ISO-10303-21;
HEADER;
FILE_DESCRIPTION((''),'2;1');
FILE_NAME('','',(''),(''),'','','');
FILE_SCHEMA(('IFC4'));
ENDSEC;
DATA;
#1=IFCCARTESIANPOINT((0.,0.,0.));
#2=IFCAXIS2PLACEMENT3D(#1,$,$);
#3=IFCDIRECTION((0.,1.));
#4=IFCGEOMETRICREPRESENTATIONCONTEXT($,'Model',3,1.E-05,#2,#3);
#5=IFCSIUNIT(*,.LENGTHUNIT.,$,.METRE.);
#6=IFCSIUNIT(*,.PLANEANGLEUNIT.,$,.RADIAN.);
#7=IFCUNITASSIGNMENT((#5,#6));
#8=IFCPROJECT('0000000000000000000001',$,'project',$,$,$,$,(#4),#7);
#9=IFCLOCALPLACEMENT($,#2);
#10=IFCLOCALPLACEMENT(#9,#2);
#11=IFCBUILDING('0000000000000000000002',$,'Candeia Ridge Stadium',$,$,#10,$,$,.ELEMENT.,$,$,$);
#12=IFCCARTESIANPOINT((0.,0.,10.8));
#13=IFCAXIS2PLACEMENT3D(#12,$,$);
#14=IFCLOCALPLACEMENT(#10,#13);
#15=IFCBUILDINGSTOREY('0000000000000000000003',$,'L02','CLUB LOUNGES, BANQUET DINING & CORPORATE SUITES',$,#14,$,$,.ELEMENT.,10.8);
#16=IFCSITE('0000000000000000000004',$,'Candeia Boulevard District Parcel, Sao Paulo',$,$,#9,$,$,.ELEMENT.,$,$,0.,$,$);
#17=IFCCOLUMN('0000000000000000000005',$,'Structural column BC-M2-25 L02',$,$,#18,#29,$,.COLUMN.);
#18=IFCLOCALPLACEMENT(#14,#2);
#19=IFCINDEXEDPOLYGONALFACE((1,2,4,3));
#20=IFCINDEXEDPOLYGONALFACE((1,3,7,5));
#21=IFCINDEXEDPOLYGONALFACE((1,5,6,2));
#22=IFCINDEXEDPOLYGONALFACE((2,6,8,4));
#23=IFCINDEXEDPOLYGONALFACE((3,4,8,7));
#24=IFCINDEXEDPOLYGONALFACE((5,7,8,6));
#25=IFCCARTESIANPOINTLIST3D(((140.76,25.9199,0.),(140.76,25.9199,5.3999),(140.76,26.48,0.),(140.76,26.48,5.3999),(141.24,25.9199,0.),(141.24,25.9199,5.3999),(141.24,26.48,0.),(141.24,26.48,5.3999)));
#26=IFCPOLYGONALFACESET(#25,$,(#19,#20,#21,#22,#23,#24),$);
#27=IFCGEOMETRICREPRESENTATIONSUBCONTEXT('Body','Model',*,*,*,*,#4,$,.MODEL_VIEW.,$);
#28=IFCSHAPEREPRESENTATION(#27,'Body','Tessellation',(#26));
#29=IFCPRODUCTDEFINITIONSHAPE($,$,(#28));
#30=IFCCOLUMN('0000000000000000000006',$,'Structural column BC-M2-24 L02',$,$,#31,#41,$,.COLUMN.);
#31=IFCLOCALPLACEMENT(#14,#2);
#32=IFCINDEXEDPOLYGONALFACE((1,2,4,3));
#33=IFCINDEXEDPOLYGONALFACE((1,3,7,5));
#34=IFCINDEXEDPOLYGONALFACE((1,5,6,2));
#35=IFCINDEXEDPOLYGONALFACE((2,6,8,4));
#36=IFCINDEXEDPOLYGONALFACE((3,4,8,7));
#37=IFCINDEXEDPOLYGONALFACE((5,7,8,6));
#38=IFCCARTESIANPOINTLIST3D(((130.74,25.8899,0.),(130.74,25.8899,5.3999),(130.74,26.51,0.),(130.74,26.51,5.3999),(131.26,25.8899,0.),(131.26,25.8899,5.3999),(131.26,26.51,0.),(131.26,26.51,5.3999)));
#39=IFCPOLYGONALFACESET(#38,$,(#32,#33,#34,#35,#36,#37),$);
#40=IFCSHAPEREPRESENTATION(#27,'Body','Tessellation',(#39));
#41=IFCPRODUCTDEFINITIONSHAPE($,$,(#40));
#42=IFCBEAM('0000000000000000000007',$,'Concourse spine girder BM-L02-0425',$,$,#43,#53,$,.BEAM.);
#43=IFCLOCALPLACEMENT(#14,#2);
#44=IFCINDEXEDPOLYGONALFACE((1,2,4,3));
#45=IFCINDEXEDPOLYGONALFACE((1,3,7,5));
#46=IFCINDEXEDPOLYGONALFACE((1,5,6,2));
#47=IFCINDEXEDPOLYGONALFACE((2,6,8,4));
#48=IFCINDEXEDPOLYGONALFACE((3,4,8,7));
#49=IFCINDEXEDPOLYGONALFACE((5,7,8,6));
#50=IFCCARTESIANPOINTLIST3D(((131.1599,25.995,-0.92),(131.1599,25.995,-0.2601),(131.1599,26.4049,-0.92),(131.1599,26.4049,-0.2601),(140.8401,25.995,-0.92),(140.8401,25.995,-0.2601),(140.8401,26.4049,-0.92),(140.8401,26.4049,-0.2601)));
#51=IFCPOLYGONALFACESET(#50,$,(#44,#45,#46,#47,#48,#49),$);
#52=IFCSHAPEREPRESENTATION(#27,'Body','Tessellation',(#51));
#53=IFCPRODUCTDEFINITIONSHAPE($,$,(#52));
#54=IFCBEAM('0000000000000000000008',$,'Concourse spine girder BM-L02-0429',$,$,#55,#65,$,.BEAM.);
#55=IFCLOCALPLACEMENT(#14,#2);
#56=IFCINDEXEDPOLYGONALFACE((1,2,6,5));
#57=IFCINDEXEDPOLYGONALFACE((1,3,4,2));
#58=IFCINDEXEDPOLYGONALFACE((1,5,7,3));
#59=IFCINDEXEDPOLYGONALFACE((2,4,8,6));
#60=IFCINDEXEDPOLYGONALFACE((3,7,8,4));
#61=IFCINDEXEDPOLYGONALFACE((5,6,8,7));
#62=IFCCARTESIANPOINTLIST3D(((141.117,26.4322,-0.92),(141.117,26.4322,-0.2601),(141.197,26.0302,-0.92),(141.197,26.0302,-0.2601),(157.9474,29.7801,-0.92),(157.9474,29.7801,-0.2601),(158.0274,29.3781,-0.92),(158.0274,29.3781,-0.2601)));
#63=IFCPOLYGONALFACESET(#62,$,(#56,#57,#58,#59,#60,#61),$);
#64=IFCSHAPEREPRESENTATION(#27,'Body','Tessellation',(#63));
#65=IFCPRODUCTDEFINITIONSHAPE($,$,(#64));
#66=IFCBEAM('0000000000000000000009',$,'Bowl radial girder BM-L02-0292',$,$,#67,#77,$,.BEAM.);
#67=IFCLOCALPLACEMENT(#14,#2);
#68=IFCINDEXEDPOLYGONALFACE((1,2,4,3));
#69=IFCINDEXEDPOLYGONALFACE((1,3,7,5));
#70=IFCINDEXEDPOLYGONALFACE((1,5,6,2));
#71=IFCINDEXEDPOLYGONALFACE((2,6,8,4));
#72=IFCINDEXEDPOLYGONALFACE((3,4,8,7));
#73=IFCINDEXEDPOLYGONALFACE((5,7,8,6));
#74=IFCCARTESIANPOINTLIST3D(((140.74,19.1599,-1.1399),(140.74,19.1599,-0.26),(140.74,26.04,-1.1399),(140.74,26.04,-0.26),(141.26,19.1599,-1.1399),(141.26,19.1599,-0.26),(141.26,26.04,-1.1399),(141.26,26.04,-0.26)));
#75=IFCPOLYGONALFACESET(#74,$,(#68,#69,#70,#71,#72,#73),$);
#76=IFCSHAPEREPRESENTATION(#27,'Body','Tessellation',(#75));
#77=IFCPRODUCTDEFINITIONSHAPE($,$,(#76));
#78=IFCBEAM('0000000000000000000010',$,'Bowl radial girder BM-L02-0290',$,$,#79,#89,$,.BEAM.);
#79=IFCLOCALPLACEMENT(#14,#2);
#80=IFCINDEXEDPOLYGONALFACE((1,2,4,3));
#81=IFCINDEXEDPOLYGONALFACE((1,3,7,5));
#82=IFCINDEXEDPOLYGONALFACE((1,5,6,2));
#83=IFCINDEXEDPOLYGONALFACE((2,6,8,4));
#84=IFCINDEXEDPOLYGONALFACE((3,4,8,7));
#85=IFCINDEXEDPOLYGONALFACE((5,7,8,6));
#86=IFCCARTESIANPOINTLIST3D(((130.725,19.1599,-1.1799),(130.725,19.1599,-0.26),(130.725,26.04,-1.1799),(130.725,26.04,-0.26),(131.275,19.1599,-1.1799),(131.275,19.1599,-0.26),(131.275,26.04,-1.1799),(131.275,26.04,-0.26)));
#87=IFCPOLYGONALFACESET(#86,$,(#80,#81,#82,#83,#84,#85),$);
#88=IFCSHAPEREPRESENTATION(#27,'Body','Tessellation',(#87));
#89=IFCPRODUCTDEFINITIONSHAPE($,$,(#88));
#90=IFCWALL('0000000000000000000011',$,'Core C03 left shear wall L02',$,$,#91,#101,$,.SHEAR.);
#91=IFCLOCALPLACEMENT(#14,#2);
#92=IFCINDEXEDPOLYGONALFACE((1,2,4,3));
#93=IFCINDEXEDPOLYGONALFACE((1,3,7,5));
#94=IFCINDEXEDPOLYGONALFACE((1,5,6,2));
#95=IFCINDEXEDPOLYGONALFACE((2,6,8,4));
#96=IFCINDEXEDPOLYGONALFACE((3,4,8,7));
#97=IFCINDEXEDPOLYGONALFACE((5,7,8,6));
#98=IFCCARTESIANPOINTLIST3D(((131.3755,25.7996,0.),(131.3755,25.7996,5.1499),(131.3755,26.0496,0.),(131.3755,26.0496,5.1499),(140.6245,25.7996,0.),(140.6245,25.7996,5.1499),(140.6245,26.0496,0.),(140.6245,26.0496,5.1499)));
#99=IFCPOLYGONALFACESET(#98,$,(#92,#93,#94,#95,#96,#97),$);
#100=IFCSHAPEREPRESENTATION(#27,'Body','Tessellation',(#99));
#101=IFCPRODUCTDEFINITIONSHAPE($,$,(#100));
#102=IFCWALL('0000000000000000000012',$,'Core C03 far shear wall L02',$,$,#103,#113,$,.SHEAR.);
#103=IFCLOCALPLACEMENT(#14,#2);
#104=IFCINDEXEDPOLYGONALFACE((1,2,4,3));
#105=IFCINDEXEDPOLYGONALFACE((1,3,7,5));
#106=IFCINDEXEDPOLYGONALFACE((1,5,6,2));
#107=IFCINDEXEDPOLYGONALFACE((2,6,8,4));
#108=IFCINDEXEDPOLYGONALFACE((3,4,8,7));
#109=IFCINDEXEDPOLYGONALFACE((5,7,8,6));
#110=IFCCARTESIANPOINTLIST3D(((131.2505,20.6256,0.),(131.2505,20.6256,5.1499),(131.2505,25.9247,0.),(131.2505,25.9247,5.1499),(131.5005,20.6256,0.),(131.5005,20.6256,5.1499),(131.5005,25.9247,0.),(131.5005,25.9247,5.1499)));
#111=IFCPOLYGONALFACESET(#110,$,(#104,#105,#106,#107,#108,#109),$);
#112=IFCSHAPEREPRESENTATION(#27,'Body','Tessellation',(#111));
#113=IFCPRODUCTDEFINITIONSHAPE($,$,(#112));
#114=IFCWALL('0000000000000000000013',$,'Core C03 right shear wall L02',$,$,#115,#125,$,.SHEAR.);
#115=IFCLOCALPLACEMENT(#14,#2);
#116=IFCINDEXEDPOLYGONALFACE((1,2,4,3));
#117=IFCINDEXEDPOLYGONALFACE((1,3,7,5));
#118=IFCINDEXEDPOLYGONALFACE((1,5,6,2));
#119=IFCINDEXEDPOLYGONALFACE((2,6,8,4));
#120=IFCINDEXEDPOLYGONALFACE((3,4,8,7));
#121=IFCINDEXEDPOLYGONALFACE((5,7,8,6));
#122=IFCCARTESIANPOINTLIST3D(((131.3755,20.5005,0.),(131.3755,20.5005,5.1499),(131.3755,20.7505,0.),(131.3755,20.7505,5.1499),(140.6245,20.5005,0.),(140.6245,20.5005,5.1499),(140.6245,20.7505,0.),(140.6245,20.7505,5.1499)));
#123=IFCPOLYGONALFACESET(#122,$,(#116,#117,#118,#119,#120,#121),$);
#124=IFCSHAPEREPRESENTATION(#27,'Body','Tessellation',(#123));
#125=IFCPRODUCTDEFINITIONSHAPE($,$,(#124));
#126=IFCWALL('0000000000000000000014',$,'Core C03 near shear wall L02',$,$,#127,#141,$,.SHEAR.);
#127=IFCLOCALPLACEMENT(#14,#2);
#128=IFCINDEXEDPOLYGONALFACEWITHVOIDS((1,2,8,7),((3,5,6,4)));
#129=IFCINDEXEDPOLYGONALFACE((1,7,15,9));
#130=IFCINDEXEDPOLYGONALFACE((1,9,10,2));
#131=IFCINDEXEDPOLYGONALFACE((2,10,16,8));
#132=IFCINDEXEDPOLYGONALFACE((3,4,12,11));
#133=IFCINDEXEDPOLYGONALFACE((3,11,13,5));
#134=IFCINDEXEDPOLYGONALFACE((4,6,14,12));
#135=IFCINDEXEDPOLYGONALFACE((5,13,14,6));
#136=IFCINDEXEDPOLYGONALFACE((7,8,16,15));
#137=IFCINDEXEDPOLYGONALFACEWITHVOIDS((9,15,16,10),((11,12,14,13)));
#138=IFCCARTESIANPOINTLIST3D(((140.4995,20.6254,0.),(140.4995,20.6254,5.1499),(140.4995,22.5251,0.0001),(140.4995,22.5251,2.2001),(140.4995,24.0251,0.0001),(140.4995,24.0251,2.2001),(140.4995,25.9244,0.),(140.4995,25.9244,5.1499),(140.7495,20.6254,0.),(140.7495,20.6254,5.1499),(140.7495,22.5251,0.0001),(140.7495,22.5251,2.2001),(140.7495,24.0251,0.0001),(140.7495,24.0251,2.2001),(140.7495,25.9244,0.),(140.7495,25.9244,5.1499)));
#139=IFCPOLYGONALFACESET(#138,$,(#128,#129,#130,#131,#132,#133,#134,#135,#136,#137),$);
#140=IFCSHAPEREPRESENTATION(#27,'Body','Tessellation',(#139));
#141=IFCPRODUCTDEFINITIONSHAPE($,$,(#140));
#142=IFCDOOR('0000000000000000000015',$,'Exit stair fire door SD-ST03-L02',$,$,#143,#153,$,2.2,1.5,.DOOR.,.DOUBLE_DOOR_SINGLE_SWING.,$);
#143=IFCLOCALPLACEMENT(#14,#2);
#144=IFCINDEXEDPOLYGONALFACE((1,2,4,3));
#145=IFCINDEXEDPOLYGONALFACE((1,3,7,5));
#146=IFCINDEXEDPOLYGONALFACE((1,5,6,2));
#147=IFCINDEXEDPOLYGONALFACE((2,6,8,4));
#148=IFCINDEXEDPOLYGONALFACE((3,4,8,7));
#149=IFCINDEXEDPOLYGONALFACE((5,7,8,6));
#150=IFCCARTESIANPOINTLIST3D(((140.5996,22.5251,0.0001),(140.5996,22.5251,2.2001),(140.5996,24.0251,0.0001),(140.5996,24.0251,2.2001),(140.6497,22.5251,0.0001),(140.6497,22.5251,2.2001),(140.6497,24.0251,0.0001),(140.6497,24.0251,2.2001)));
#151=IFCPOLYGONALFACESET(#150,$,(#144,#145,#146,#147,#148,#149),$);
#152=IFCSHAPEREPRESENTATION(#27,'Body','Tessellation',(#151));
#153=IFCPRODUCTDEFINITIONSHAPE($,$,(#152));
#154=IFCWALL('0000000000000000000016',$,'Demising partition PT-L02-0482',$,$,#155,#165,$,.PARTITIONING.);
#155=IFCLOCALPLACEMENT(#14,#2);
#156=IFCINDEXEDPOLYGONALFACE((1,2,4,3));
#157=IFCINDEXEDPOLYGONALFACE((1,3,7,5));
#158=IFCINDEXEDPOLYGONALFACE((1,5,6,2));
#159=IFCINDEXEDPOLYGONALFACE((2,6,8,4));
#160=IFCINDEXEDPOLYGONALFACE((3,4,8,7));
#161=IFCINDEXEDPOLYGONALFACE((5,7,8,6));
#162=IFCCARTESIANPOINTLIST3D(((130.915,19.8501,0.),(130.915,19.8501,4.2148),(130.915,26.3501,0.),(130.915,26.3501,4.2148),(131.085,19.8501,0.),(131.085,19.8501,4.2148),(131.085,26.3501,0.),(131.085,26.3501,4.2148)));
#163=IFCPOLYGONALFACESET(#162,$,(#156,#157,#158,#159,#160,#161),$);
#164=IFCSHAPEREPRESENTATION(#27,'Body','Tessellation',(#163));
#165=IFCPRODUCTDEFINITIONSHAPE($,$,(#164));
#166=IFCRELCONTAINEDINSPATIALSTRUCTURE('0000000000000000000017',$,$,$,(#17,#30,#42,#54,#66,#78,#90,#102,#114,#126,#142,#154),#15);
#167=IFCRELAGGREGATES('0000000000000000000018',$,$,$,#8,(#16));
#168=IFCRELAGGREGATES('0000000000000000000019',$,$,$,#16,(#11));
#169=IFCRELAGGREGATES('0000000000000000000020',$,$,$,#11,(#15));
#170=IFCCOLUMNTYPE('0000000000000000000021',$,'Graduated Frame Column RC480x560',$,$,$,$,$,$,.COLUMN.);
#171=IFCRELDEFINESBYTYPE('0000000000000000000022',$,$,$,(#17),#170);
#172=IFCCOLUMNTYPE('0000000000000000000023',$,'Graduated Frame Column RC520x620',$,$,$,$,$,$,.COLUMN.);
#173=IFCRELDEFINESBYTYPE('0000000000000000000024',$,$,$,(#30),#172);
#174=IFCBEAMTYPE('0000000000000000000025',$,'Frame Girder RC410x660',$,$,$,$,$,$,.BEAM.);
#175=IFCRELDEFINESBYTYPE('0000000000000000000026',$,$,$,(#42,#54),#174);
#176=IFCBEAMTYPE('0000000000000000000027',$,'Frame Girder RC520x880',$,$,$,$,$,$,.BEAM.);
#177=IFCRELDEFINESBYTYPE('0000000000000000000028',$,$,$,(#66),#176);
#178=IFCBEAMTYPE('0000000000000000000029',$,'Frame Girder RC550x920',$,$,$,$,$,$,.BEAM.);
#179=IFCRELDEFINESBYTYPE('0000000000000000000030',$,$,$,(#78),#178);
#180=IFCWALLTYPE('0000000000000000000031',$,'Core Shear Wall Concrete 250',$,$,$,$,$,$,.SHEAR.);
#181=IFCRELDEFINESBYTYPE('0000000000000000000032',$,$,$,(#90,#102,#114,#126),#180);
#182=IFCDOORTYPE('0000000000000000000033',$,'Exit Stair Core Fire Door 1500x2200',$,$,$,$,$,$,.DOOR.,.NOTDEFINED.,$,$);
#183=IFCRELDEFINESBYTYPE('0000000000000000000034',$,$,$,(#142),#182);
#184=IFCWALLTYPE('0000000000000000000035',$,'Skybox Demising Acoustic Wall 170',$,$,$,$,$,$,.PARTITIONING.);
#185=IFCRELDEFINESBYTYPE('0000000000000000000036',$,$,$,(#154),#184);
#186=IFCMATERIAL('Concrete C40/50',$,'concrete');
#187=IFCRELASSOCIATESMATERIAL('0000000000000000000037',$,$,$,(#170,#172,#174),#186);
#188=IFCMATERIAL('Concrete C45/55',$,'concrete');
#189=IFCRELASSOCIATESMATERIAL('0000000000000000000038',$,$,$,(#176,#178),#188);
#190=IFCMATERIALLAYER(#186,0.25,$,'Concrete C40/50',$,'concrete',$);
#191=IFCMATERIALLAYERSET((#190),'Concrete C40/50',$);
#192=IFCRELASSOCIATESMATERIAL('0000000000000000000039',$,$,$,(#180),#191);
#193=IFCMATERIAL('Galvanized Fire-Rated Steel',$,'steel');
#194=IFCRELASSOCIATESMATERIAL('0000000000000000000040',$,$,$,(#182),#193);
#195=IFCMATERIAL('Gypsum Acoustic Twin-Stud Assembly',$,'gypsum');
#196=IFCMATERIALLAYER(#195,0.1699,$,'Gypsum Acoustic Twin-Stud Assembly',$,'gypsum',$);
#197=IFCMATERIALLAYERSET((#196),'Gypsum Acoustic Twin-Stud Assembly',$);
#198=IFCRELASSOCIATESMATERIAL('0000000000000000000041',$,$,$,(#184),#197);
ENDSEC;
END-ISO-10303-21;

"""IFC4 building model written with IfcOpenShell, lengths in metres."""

from ifc_helpers import new_model, si_unit, direction, frame, frame_2d, origin, origin_2d, place, context, subcontext, project, spatial, rectangle, extrude, material, layer, layer_set, material_profile, profile_set, type_object, element, fill, save


model = new_model("IFC4")

# Units and contexts
model_context = context("Model", 3, precision=1e-05, world=origin(), true_north=direction((0.0, 1.0)))
body_context = subcontext(model_context, "Body", "Model", "MODEL_VIEW")
ifc_project = project(units=[si_unit("LENGTHUNIT", "METRE"), si_unit("PLANEANGLEUNIT", "RADIAN")], contexts=[model_context])

# Site, building, storey
site_placement = place(None, origin())
site = spatial("IfcSite", under=ifc_project, at=site_placement, Name="Candeia Boulevard District Parcel, Sao Paulo", CompositionType="ELEMENT", RefElevation=0.0)
building_placement = place(site_placement, origin())
building = spatial("IfcBuilding", under=site, at=building_placement, Name="Candeia Ridge Stadium", CompositionType="ELEMENT")
storey_placement = place(building_placement, frame((0.0, 0.0, 10.8)))
storey = spatial("IfcBuildingStorey", under=building, at=storey_placement, Name="L02", Description="CLUB LOUNGES, BANQUET DINING & CORPORATE SUITES", CompositionType="ELEMENT", Elevation=10.8)

# Columns
ifc_material_1 = material(Name="Concrete C40/50", Category="concrete")
ifc_material_profile_1 = material_profile(ifc_material_1, rectangle(XDim=0.48, YDim=0.5601, at=origin_2d()), Name="RC480x560", Category="concrete")
ifc_profile_set_1 = profile_set([ifc_material_profile_1], Name="Concrete C40/50")
column_type_1 = type_object("IfcColumnType", Name="Graduated Frame Column RC480x560", PredefinedType="COLUMN", material=ifc_profile_set_1)
column_1_placement = place(storey_placement, frame((141.0, 26.2, 0.0), z_axis=(0.0, 0.0, 1.0), x_axis=(1.0, 0.0, 0.0)))
element("IfcColumn", 1, at=column_1_placement, inside=storey, type_object=column_type_1, Name="Structural column BC-M2-25 L02", PredefinedType="COLUMN", context=body_context, shape_type="SweptSolid", body=[
    extrude(rectangle(XDim=0.48, YDim=0.5601, at=origin_2d()), origin(), (0.0, 0.0, 1.0), 5.3999),
])
ifc_material_profile_2 = material_profile(ifc_material_1, rectangle(XDim=0.52, YDim=0.6201, at=origin_2d()), Name="RC520x620", Category="concrete")
ifc_profile_set_2 = profile_set([ifc_material_profile_2], Name="Concrete C40/50")
column_type_2 = type_object("IfcColumnType", Name="Graduated Frame Column RC520x620", PredefinedType="COLUMN", material=ifc_profile_set_2)
column_2_placement = place(storey_placement, frame((131.0, 26.2, 0.0), z_axis=(0.0, 0.0, 1.0), x_axis=(1.0, 0.0, 0.0)))
element("IfcColumn", 2, at=column_2_placement, inside=storey, type_object=column_type_2, Name="Structural column BC-M2-24 L02", PredefinedType="COLUMN", context=body_context, shape_type="SweptSolid", body=[
    extrude(rectangle(XDim=0.52, YDim=0.6201, at=origin_2d()), origin(), (0.0, 0.0, 1.0), 5.3999),
])

# Beams
ifc_material_profile_3 = material_profile(ifc_material_1, rectangle(XDim=0.4099, YDim=0.6599, at=origin_2d()), Name="RC410x660", Category="concrete")
ifc_profile_set_3 = profile_set([ifc_material_profile_3], Name="Concrete C40/50")
beam_type_1 = type_object("IfcBeamType", Name="Frame Girder RC410x660", PredefinedType="BEAM", material=ifc_profile_set_3)
beam_1_placement = place(storey_placement, frame((131.1599, 26.2, -0.5901), z_axis=(1.0, 0.0, 0.0), x_axis=(0.0, 1.0, 0.0)))
element("IfcBeam", 3, at=beam_1_placement, inside=storey, type_object=beam_type_1, Name="Concourse spine girder BM-L02-0425", PredefinedType="BEAM", context=body_context, shape_type="SweptSolid", body=[
    extrude(rectangle(XDim=0.4099, YDim=0.6599, at=origin_2d()), origin(), (0.0, 0.0, 1.0), 9.6802),
])
beam_2_placement = place(storey_placement, frame((141.157, 26.2312, -0.5901), z_axis=(0.980784, 0.195098, 0.0), x_axis=(-0.195098, 0.980784, 0.0)))
element("IfcBeam", 4, at=beam_2_placement, inside=storey, type_object=beam_type_1, Name="Concourse spine girder BM-L02-0429", PredefinedType="BEAM", context=body_context, shape_type="SweptSolid", body=[
    extrude(rectangle(XDim=0.4099, YDim=0.6599, at=origin_2d()), origin(), (0.0, 0.0, 1.0), 17.1602),
])
ifc_material_2 = material(Name="Concrete C45/55", Category="concrete")
ifc_material_profile_4 = material_profile(ifc_material_2, rectangle(XDim=0.52, YDim=0.8799, at=origin_2d()), Name="RC520x880", Category="concrete")
ifc_profile_set_4 = profile_set([ifc_material_profile_4], Name="Concrete C45/55")
beam_type_2 = type_object("IfcBeamType", Name="Frame Girder RC520x880", PredefinedType="BEAM", material=ifc_profile_set_4)
beam_3_placement = place(storey_placement, frame((141.0, 26.04, -0.7), z_axis=(0.0, -1.0, 0.0), x_axis=(1.0, 0.0, 0.0)))
element("IfcBeam", 5, at=beam_3_placement, inside=storey, type_object=beam_type_2, Name="Bowl radial girder BM-L02-0292", PredefinedType="BEAM", context=body_context, shape_type="SweptSolid", body=[
    extrude(rectangle(XDim=0.52, YDim=0.8799, at=origin_2d()), origin(), (0.0, 0.0, 1.0), 6.8801),
])
ifc_material_profile_5 = material_profile(ifc_material_2, rectangle(XDim=0.55, YDim=0.9199, at=origin_2d()), Name="RC550x920", Category="concrete")
ifc_profile_set_5 = profile_set([ifc_material_profile_5], Name="Concrete C45/55")
beam_type_3 = type_object("IfcBeamType", Name="Frame Girder RC550x920", PredefinedType="BEAM", material=ifc_profile_set_5)
beam_4_placement = place(storey_placement, frame((131.0, 26.04, -0.72), z_axis=(0.0, -1.0, 0.0), x_axis=(1.0, 0.0, 0.0)))
element("IfcBeam", 6, at=beam_4_placement, inside=storey, type_object=beam_type_3, Name="Bowl radial girder BM-L02-0290", PredefinedType="BEAM", context=body_context, shape_type="SweptSolid", body=[
    extrude(rectangle(XDim=0.55, YDim=0.9199, at=origin_2d()), origin(), (0.0, 0.0, 1.0), 6.8801),
])

# Walls
ifc_layer_1 = layer(ifc_material_1, 0.25, Name="Concrete C40/50", Category="concrete")
ifc_layer_set_1 = layer_set([ifc_layer_1], Name="Concrete C40/50")
wall_type_1 = type_object("IfcWallType", Name="Core Shear Wall Concrete 250", PredefinedType="SHEAR", material=ifc_layer_set_1)
wall_1_placement = place(storey_placement, frame((140.6245, 25.9246, 0.0), z_axis=(0.0, 0.0, 1.0), x_axis=(-1.0, 0.0, 0.0)))
element("IfcWall", 7, at=wall_1_placement, inside=storey, type_object=wall_type_1, Name="Core C03 left shear wall L02", PredefinedType="SHEAR", context=body_context, shape_type="SweptSolid", body=[
    extrude(rectangle(XDim=9.249, YDim=0.25, at=frame_2d((4.6245, 0.0))), origin(), (0.0, 0.0, 1.0), 5.1499),
])
wall_2_placement = place(storey_placement, frame((131.3755, 25.9246, 0.0), z_axis=(0.0, 0.0, 1.0), x_axis=(0.0, -1.0, 0.0)))
element("IfcWall", 8, at=wall_2_placement, inside=storey, type_object=wall_type_1, Name="Core C03 far shear wall L02", PredefinedType="SHEAR", context=body_context, shape_type="SweptSolid", body=[
    extrude(rectangle(XDim=5.2991, YDim=0.25, at=frame_2d((2.6494, 0.0))), origin(), (0.0, 0.0, 1.0), 5.1499),
])
wall_3_placement = place(storey_placement, frame((131.3755, 20.6255, 0.0), z_axis=(0.0, 0.0, 1.0), x_axis=(1.0, 0.0, 0.0)))
element("IfcWall", 9, at=wall_3_placement, inside=storey, type_object=wall_type_1, Name="Core C03 right shear wall L02", PredefinedType="SHEAR", context=body_context, shape_type="SweptSolid", body=[
    extrude(rectangle(XDim=9.249, YDim=0.25, at=frame_2d((4.6245, 0.0))), origin(), (0.0, 0.0, 1.0), 5.1499),
])

# Wall, opening, door
wall_4_placement = place(storey_placement, frame((140.6245, 20.6255, 0.0), z_axis=(0.0, 0.0, 1.0), x_axis=(0.0, 1.0, 0.0)))
wall_4 = element("IfcWall", 10, at=wall_4_placement, inside=storey, type_object=wall_type_1, Name="Core C03 near shear wall L02", PredefinedType="SHEAR", context=body_context, shape_type="SweptSolid", body=[
    extrude(rectangle(XDim=5.2991, YDim=0.25, at=frame_2d((2.6494, 0.0))), origin(), (0.0, 0.0, 1.0), 5.1499),
])
opening_placement = place(wall_4_placement, frame((1.8997, 0.0, 0.0)))
opening = element("IfcOpeningElement", 11, at=opening_placement, cuts=wall_4, PredefinedType="OPENING", context=body_context, shape_type="SweptSolid", body=[
    extrude(rectangle(XDim=1.5, YDim=2.2, at=frame_2d((0.75, 1.1001))), frame((0.0, 0.135, 0.0), z_axis=(0.0, -1.0, 0.0), x_axis=(1.0, 0.0, 0.0)), (0.0, 0.0, 1.0), 0.27),
])
ifc_material_3 = material(Name="Galvanized Fire-Rated Steel", Category="steel")
door_type = type_object("IfcDoorType", Name="Exit Stair Core Fire Door 1500x2200", OperationType="NOTDEFINED", PredefinedType="DOOR", material=ifc_material_3)
door_placement = place(opening_placement, origin())
door = element("IfcDoor", 12, at=door_placement, inside=storey, type_object=door_type, Name="Exit stair fire door SD-ST03-L02", OperationType="DOUBLE_DOOR_SINGLE_SWING", OverallHeight=2.2, OverallWidth=1.5, PredefinedType="DOOR", context=body_context, shape_type="SweptSolid", body=[
    extrude(rectangle(XDim=1.5, YDim=2.2, at=frame_2d((0.75, 1.1001))), frame((0.0, 0.0249, 0.0), z_axis=(0.0, -1.0, 0.0), x_axis=(1.0, 0.0, 0.0)), (0.0, 0.0, 1.0), 0.05),
])
fill(opening, door)

# Wall
ifc_material_4 = material(Name="Gypsum Acoustic Twin-Stud Assembly", Category="gypsum")
ifc_layer_2 = layer(ifc_material_4, 0.1699, Name="Gypsum Acoustic Twin-Stud Assembly", Category="gypsum")
ifc_layer_set_2 = layer_set([ifc_layer_2], Name="Gypsum Acoustic Twin-Stud Assembly")
wall_type_2 = type_object("IfcWallType", Name="Skybox Demising Acoustic Wall 170", PredefinedType="PARTITIONING", material=ifc_layer_set_2)
wall_5_placement = place(storey_placement, frame((131.0, 26.3501, 0.0), z_axis=(0.0, 0.0, 1.0), x_axis=(0.0, -1.0, 0.0)))
element("IfcWall", 13, at=wall_5_placement, inside=storey, type_object=wall_type_2, Name="Demising partition PT-L02-0482", PredefinedType="PARTITIONING", context=body_context, shape_type="SweptSolid", body=[
    extrude(rectangle(XDim=6.5, YDim=0.1699, at=frame_2d((3.25, 0.0))), origin(), (0.0, 0.0, 1.0), 4.2148),
])

save(model, "model.ifc")
